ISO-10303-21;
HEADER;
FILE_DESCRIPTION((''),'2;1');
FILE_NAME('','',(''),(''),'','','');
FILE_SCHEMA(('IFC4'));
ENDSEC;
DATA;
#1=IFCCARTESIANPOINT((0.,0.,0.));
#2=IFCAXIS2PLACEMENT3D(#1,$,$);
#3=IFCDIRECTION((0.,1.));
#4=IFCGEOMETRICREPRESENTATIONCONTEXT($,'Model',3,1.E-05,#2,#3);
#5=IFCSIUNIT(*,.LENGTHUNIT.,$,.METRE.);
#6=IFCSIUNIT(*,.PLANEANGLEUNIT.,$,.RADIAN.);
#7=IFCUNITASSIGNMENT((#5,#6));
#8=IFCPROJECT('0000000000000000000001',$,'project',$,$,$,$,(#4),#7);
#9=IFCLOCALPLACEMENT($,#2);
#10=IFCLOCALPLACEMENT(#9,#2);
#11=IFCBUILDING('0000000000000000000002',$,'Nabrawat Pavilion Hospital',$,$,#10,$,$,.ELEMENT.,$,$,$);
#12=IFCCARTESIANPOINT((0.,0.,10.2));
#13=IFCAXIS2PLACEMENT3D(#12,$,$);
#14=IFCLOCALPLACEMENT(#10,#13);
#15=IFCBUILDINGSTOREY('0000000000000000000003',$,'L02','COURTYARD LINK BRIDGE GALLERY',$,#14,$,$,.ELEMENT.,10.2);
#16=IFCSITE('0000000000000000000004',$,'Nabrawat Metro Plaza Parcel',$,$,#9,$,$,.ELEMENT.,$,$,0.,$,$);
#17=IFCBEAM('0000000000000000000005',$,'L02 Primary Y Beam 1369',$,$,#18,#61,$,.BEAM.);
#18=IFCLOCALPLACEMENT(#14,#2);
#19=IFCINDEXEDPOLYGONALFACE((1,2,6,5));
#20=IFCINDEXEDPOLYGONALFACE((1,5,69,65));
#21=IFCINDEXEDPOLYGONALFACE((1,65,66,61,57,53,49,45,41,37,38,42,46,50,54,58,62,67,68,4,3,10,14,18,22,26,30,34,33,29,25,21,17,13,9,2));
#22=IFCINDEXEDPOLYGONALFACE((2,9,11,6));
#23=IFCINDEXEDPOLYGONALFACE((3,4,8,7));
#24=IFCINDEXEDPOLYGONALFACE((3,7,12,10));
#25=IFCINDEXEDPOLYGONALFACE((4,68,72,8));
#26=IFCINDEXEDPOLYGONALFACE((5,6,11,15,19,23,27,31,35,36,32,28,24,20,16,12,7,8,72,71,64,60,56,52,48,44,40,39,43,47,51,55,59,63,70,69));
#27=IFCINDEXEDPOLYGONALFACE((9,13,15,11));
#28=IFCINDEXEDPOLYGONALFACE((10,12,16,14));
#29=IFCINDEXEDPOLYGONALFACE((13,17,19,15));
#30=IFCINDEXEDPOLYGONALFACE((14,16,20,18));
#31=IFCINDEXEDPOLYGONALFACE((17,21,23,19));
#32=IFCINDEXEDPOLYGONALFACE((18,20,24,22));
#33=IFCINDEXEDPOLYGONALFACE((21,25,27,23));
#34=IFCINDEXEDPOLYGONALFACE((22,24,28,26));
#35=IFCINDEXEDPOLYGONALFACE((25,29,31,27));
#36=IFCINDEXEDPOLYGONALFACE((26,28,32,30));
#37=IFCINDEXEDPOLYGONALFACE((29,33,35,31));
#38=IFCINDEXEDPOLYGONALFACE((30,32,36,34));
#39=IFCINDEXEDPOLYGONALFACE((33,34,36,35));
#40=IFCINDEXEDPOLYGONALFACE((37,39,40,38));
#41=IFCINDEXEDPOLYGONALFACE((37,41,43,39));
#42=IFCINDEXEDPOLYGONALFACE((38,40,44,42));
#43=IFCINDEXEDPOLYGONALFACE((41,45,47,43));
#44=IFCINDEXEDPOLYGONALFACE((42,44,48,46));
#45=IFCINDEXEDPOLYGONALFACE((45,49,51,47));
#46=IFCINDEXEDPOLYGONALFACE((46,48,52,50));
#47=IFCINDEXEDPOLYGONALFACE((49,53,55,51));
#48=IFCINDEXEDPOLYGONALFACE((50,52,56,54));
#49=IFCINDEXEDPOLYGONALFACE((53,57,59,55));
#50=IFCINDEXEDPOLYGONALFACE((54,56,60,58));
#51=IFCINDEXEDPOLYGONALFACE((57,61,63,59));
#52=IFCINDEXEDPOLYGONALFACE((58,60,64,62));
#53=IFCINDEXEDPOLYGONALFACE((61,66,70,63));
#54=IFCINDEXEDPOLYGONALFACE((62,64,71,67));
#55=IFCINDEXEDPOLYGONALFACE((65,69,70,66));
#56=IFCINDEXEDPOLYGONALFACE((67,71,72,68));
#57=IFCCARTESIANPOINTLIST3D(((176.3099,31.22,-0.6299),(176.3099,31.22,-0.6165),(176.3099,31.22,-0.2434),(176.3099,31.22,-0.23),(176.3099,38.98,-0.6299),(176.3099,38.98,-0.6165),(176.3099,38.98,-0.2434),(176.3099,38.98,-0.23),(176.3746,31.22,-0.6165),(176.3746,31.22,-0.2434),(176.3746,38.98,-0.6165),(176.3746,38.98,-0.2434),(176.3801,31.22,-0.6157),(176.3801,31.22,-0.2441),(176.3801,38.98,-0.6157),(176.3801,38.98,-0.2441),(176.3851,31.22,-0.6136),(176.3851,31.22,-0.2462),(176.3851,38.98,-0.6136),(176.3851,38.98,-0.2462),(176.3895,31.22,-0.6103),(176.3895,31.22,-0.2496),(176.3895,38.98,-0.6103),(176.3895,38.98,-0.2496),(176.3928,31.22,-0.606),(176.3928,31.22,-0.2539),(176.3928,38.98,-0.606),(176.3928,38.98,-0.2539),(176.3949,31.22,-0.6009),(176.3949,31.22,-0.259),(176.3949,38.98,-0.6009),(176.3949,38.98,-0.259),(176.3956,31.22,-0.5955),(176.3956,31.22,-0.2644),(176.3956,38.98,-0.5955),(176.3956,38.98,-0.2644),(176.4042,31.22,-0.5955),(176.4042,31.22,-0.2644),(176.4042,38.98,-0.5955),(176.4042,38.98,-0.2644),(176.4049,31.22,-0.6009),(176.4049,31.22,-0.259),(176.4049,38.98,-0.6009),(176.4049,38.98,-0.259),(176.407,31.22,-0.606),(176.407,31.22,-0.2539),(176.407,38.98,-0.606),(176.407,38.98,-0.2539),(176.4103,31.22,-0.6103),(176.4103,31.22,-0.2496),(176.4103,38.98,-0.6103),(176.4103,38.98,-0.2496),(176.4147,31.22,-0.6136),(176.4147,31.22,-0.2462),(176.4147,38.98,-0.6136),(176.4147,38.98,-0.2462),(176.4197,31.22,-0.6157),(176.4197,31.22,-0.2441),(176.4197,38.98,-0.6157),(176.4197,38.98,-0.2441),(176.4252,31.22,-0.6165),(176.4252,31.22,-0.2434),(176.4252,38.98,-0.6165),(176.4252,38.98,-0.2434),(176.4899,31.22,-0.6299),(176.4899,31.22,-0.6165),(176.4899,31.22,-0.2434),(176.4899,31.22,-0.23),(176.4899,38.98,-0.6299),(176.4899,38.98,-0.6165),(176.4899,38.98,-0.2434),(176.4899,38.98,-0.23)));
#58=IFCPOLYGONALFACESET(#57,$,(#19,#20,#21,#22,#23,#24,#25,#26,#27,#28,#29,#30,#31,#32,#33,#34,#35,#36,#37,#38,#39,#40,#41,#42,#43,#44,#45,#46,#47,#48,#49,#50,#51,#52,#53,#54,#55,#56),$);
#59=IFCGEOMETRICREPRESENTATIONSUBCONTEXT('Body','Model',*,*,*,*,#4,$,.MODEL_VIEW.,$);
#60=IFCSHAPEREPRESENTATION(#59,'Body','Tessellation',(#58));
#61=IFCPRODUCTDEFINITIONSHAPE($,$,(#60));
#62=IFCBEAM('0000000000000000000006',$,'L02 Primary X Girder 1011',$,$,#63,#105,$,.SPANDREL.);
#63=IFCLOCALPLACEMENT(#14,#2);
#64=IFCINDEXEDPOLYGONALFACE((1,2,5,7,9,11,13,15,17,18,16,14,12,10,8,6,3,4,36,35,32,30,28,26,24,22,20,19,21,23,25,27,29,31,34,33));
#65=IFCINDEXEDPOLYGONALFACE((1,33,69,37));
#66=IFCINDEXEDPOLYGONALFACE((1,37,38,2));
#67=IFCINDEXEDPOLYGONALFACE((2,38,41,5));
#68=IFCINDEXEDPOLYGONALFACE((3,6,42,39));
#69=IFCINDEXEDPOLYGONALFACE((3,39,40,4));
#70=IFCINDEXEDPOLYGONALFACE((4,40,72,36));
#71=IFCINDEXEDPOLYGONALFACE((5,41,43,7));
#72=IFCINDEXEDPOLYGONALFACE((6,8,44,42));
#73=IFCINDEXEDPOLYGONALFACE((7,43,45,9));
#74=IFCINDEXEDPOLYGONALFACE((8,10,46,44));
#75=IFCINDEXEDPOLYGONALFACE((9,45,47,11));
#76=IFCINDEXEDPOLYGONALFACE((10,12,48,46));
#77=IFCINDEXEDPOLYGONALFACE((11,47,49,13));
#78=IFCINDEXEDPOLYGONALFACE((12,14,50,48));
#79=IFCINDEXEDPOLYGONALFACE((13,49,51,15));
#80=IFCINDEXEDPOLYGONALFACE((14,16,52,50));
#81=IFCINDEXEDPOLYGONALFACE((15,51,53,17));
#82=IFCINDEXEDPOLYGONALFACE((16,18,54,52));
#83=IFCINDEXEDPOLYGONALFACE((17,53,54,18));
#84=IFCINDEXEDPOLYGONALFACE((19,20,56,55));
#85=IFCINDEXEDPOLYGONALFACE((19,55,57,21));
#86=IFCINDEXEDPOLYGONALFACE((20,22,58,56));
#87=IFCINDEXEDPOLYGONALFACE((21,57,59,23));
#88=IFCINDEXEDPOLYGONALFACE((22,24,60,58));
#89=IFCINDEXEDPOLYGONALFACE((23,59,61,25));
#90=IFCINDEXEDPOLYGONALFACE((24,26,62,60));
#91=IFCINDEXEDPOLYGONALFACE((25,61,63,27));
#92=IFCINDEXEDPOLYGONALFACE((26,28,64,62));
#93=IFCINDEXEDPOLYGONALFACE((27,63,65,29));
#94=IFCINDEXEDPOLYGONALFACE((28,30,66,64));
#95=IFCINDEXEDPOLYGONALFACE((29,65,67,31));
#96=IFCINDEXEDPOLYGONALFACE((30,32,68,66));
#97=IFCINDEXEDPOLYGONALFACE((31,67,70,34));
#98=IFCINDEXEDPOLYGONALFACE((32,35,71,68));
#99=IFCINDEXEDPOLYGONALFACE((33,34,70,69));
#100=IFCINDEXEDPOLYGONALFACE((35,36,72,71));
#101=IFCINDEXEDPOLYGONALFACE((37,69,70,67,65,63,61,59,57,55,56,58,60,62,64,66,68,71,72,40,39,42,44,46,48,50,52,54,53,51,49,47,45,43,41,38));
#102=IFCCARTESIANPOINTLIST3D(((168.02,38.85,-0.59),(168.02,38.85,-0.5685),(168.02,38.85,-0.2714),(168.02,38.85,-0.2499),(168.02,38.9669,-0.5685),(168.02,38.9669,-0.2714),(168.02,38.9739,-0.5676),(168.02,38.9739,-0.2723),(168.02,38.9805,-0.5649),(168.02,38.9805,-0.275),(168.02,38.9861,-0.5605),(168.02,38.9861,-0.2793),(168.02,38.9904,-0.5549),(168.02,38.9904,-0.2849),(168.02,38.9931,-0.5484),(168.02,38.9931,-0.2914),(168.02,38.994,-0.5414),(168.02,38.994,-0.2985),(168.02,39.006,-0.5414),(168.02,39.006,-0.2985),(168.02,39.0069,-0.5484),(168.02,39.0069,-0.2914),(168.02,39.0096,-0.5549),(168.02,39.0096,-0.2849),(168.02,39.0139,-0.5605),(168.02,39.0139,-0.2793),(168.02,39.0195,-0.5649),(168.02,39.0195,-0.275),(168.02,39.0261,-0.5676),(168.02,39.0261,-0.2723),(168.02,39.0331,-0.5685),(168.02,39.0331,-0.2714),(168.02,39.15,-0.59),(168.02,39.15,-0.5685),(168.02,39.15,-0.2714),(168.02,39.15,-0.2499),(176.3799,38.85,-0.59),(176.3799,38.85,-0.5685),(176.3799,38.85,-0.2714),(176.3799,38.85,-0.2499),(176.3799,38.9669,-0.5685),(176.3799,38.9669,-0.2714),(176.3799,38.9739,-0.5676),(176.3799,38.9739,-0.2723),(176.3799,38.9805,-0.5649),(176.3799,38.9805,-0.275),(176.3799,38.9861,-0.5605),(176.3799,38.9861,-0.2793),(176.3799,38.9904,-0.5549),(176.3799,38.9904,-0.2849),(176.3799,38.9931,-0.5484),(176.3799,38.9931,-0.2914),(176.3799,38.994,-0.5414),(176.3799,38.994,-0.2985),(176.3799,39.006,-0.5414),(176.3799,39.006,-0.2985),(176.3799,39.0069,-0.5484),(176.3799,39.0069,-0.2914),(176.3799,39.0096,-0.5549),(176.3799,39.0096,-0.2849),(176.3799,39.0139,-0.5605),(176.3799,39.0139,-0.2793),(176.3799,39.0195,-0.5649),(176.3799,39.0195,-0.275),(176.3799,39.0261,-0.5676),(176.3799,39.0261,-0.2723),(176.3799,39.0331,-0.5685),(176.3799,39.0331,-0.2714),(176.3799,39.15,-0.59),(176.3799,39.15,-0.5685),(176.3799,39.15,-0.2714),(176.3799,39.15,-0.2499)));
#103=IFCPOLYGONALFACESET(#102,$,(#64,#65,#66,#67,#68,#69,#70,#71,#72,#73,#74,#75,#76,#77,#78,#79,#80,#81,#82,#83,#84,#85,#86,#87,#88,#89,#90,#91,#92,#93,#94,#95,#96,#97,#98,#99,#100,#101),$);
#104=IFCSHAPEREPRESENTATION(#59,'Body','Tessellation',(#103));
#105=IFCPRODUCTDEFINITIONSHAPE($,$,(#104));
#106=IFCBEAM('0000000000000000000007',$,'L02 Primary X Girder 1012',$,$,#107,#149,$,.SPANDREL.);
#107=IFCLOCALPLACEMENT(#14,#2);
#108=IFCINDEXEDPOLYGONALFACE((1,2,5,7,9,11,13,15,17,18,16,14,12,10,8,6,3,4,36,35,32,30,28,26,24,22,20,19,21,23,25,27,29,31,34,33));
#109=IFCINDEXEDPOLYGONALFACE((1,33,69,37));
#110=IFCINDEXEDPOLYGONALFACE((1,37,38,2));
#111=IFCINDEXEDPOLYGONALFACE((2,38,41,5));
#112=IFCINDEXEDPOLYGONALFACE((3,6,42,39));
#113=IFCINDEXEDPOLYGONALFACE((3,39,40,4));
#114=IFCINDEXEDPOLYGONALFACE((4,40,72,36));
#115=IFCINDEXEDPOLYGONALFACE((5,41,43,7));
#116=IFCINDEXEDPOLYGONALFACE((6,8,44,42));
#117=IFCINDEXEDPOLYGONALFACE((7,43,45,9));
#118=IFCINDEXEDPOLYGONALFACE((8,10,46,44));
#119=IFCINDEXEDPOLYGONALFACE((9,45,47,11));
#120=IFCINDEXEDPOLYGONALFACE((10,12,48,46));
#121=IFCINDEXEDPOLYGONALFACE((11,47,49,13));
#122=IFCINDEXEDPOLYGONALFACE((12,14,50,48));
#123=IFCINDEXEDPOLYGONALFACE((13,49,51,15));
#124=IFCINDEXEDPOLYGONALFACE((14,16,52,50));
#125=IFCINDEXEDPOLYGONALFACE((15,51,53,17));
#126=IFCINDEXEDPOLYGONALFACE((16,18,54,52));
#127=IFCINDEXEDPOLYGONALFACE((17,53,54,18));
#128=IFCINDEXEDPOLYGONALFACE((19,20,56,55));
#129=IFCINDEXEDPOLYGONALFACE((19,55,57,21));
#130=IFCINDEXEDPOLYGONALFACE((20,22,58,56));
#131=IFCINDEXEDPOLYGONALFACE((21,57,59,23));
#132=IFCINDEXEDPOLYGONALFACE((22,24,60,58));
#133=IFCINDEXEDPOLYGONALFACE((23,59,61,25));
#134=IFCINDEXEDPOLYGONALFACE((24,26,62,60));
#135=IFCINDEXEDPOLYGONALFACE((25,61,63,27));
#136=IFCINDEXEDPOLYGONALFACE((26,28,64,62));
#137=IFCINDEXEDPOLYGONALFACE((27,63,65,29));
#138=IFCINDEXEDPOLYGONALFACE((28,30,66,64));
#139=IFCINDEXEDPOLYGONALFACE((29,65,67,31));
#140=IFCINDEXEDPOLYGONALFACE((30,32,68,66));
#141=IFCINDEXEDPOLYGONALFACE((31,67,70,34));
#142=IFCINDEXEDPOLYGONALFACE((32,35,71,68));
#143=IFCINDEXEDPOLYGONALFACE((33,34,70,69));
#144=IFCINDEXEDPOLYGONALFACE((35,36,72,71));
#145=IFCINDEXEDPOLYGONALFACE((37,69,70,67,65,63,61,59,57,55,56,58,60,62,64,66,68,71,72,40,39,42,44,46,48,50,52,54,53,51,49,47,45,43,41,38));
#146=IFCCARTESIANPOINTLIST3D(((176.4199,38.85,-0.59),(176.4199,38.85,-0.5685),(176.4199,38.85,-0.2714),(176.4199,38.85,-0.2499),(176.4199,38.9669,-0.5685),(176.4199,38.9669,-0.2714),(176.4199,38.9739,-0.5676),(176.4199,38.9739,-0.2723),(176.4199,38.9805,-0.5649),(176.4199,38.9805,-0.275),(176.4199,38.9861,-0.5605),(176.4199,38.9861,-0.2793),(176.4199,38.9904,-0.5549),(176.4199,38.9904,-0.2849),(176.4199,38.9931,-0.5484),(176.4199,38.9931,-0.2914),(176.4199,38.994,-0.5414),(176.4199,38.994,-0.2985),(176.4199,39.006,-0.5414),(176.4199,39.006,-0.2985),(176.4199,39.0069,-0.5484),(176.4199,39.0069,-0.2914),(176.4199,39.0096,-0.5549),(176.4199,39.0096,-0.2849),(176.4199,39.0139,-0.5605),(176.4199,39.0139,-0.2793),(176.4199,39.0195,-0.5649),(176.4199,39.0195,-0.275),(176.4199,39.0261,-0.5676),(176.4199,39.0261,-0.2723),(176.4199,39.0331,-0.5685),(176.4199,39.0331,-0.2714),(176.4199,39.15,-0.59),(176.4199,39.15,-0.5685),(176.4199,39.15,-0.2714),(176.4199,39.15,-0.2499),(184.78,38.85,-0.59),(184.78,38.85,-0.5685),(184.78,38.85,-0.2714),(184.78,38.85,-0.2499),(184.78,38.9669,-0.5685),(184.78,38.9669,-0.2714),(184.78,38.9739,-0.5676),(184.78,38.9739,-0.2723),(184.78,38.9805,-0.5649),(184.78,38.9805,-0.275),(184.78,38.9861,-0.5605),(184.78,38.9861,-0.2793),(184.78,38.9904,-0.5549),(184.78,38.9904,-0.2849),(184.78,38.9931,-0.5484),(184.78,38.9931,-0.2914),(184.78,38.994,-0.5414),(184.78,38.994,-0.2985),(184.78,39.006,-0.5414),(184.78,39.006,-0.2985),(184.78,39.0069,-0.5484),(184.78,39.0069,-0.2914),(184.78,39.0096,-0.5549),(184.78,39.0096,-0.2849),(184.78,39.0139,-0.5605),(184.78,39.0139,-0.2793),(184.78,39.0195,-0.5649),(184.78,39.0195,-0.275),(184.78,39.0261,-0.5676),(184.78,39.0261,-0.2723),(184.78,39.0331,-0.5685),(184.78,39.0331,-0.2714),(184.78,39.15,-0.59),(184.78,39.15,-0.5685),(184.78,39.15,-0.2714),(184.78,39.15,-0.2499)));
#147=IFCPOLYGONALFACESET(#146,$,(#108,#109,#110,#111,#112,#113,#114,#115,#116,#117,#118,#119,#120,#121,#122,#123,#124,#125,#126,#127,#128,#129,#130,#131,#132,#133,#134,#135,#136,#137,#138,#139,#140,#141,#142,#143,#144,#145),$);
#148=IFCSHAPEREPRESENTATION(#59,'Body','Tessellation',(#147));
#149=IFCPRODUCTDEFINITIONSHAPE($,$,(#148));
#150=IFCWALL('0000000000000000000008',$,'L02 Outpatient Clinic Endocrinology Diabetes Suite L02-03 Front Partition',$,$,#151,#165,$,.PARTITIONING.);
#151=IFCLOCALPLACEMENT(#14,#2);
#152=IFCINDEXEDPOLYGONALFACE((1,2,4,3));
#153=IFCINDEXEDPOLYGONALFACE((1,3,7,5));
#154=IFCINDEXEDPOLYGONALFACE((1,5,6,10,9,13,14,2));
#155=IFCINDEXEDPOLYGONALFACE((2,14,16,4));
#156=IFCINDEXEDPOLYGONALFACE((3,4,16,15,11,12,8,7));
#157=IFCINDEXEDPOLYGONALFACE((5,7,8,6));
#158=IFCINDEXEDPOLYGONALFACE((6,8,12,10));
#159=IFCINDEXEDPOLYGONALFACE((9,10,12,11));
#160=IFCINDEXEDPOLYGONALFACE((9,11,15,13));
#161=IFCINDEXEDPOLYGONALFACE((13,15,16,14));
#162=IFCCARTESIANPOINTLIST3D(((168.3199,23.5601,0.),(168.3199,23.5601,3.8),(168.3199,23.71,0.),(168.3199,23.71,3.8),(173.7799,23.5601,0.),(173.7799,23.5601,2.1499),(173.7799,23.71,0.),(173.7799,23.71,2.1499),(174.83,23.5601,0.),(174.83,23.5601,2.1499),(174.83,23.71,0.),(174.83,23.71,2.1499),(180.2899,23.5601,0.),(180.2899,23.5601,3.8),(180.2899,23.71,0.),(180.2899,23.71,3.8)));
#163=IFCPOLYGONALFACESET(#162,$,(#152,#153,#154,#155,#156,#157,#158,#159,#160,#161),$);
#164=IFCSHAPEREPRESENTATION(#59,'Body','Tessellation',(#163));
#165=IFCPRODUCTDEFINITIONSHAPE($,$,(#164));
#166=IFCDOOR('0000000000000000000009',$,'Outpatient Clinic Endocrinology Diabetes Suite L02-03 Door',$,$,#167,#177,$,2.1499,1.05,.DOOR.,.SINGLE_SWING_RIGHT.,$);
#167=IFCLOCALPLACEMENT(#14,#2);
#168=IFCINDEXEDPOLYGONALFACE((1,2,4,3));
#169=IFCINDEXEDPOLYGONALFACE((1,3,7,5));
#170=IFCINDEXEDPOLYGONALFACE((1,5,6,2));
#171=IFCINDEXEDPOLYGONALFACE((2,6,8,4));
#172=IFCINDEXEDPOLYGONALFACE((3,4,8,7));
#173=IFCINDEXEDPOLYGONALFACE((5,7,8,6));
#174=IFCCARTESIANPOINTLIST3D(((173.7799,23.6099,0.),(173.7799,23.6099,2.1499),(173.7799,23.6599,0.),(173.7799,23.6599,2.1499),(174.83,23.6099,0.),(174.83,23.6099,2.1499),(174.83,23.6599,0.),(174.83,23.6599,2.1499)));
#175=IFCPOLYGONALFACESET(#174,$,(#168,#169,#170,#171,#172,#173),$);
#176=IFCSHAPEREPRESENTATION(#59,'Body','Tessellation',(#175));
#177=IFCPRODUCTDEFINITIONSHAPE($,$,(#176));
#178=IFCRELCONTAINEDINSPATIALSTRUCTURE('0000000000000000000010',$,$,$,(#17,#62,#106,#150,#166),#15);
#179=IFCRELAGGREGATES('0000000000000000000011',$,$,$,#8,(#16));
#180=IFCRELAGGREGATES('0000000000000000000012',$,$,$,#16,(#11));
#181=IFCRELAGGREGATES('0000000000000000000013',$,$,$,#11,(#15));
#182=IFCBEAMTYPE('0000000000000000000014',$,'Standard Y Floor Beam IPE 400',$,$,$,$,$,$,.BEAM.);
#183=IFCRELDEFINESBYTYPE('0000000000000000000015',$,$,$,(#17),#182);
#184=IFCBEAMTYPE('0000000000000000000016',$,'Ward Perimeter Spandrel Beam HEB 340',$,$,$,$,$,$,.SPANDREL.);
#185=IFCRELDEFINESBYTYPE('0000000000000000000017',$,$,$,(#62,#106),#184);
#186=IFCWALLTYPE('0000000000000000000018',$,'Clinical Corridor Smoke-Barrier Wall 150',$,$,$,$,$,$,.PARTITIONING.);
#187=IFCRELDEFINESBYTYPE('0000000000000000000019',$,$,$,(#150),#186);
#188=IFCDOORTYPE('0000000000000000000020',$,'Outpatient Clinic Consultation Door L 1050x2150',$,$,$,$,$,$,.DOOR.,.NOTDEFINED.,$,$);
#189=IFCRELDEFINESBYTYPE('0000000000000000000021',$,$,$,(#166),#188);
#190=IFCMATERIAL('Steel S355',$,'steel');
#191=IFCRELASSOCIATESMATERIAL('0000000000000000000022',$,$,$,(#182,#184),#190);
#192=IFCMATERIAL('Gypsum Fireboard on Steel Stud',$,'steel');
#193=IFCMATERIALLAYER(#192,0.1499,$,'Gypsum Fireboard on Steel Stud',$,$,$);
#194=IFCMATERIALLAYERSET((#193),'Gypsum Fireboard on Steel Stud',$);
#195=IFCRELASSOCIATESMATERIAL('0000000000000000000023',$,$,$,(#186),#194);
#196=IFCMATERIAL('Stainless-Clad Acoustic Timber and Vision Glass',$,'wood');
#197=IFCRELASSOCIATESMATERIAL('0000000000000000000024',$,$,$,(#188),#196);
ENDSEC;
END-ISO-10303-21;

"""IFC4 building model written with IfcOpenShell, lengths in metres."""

from ifc_helpers import new_model, si_unit, direction, frame, frame_2d, origin, origin_2d, place, context, subcontext, project, spatial, rectangle, i_section, extrude, material, layer, layer_set, material_profile, profile_set, type_object, element, fill, save


model = new_model("IFC4")

# Units and contexts
model_context = context("Model", 3, precision=1e-05, world=origin(), true_north=direction((0.0, 1.0)))
body_context = subcontext(model_context, "Body", "Model", "MODEL_VIEW")
ifc_project = project(units=[si_unit("LENGTHUNIT", "METRE"), si_unit("PLANEANGLEUNIT", "RADIAN")], contexts=[model_context])

# Site, building, storey
site_placement = place(None, origin())
site = spatial("IfcSite", under=ifc_project, at=site_placement, Name="Nabrawat Metro Plaza Parcel", CompositionType="ELEMENT", RefElevation=0.0)
building_placement = place(site_placement, origin())
building = spatial("IfcBuilding", under=site, at=building_placement, Name="Nabrawat Pavilion Hospital", CompositionType="ELEMENT")
storey_placement = place(building_placement, frame((0.0, 0.0, 10.2)))
storey = spatial("IfcBuildingStorey", under=building, at=storey_placement, Name="L02", Description="COURTYARD LINK BRIDGE GALLERY", CompositionType="ELEMENT", Elevation=10.2)

# Shared definitions
ifc_material_1 = material(Name="Steel S355", Category="steel")

# Beams
ifc_material_profile_1 = material_profile(ifc_material_1, i_section(OverallWidth=0.1799, OverallDepth=0.3999, WebThickness=0.0085, FlangeThickness=0.0134, FilletRadius=0.021, at=origin_2d()), Name="IPE 400")
ifc_profile_set_1 = profile_set([ifc_material_profile_1], Name="Steel S355")
beam_type_1 = type_object("IfcBeamType", Name="Standard Y Floor Beam IPE 400", PredefinedType="BEAM", material=ifc_profile_set_1)
beam_1_placement = place(storey_placement, frame((176.3999, 31.22, -0.4299), z_axis=(0.0, 1.0, 0.0), x_axis=(-1.0, 0.0, 0.0)))
element("IfcBeam", 1, at=beam_1_placement, inside=storey, type_object=beam_type_1, Name="L02 Primary Y Beam 1369", PredefinedType="BEAM", context=body_context, shape_type="SweptSolid", body=[
    extrude(i_section(OverallWidth=0.1799, OverallDepth=0.3999, WebThickness=0.0085, FlangeThickness=0.0134, FilletRadius=0.021, at=origin_2d()), origin(), (0.0, 0.0, 1.0), 7.76),
])
ifc_material_profile_2 = material_profile(ifc_material_1, i_section(OverallWidth=0.3, OverallDepth=0.3401, WebThickness=0.012, FlangeThickness=0.0215, FilletRadius=0.0271, at=origin_2d()), Name="HEB 340")
ifc_profile_set_2 = profile_set([ifc_material_profile_2], Name="Steel S355")
beam_type_2 = type_object("IfcBeamType", Name="Ward Perimeter Spandrel Beam HEB 340", PredefinedType="SPANDREL", material=ifc_profile_set_2)
beam_2_placement = place(storey_placement, frame((168.02, 39.0, -0.4199), z_axis=(1.0, 0.0, 0.0), x_axis=(0.0, 1.0, 0.0)))
element("IfcBeam", 2, at=beam_2_placement, inside=storey, type_object=beam_type_2, Name="L02 Primary X Girder 1011", PredefinedType="SPANDREL", context=body_context, shape_type="SweptSolid", body=[
    extrude(i_section(OverallWidth=0.3, OverallDepth=0.3401, WebThickness=0.012, FlangeThickness=0.0215, FilletRadius=0.0271, at=origin_2d()), origin(), (0.0, 0.0, 1.0), 8.3599),
])
beam_3_placement = place(storey_placement, frame((176.4199, 39.0, -0.4199), z_axis=(1.0, 0.0, 0.0), x_axis=(0.0, 1.0, 0.0)))
element("IfcBeam", 3, at=beam_3_placement, inside=storey, type_object=beam_type_2, Name="L02 Primary X Girder 1012", PredefinedType="SPANDREL", context=body_context, shape_type="SweptSolid", body=[
    extrude(i_section(OverallWidth=0.3, OverallDepth=0.3401, WebThickness=0.012, FlangeThickness=0.0215, FilletRadius=0.0271, at=origin_2d()), origin(), (0.0, 0.0, 1.0), 8.3601),
])

# Wall, opening, door
ifc_material_2 = material(Name="Gypsum Fireboard on Steel Stud", Category="steel")
ifc_layer_1 = layer(ifc_material_2, 0.1499, Name="Gypsum Fireboard on Steel Stud")
ifc_layer_set_1 = layer_set([ifc_layer_1], Name="Gypsum Fireboard on Steel Stud")
wall_type_1 = type_object("IfcWallType", Name="Clinical Corridor Smoke-Barrier Wall 150", PredefinedType="PARTITIONING", material=ifc_layer_set_1)
wall_1_placement = place(storey_placement, frame((168.3201, 23.635, 0.0), z_axis=(0.0, 0.0, 1.0), x_axis=(1.0, 0.0, 0.0)))
wall_1 = element("IfcWall", 4, at=wall_1_placement, inside=storey, type_object=wall_type_1, Name="L02 Outpatient Clinic Endocrinology Diabetes Suite L02-03 Front Partition", PredefinedType="PARTITIONING", context=body_context, shape_type="SweptSolid", body=[
    extrude(rectangle(XDim=11.97, YDim=0.1499, at=frame_2d((5.9849, 0.0))), origin(), (0.0, 0.0, 1.0), 3.8),
])
opening_1_placement = place(wall_1_placement, frame((5.46, 0.0, 0.0)))
opening_1 = element("IfcOpeningElement", 5, at=opening_1_placement, cuts=wall_1, PredefinedType="OPENING", context=body_context, shape_type="SweptSolid", body=[
    extrude(rectangle(XDim=1.05, YDim=2.1499, at=frame_2d((0.5249, 1.075))), frame((0.0, 0.085, 0.0), z_axis=(0.0, -1.0, 0.0), x_axis=(1.0, 0.0, 0.0)), (0.0, 0.0, 1.0), 0.1699),
])
ifc_material_3 = material(Name="Stainless-Clad Acoustic Timber and Vision Glass", Category="wood")
door_type_1 = type_object("IfcDoorType", Name="Outpatient Clinic Consultation Door L 1050x2150", OperationType="NOTDEFINED", PredefinedType="DOOR", material=ifc_material_3)
door_1_placement = place(opening_1_placement, origin())
door_1 = element("IfcDoor", 6, at=door_1_placement, inside=storey, type_object=door_type_1, Name="Outpatient Clinic Endocrinology Diabetes Suite L02-03 Door", OperationType="SINGLE_SWING_RIGHT", OverallHeight=2.1499, OverallWidth=1.05, PredefinedType="DOOR", context=body_context, shape_type="SweptSolid", body=[
    extrude(rectangle(XDim=1.05, YDim=2.1499, at=frame_2d((0.5249, 1.075))), frame((0.0, 0.0249, 0.0), z_axis=(0.0, -1.0, 0.0), x_axis=(1.0, 0.0, 0.0)), (0.0, 0.0, 1.0), 0.05),
])
fill(opening_1, door_1)

save(model, "model.ifc")
